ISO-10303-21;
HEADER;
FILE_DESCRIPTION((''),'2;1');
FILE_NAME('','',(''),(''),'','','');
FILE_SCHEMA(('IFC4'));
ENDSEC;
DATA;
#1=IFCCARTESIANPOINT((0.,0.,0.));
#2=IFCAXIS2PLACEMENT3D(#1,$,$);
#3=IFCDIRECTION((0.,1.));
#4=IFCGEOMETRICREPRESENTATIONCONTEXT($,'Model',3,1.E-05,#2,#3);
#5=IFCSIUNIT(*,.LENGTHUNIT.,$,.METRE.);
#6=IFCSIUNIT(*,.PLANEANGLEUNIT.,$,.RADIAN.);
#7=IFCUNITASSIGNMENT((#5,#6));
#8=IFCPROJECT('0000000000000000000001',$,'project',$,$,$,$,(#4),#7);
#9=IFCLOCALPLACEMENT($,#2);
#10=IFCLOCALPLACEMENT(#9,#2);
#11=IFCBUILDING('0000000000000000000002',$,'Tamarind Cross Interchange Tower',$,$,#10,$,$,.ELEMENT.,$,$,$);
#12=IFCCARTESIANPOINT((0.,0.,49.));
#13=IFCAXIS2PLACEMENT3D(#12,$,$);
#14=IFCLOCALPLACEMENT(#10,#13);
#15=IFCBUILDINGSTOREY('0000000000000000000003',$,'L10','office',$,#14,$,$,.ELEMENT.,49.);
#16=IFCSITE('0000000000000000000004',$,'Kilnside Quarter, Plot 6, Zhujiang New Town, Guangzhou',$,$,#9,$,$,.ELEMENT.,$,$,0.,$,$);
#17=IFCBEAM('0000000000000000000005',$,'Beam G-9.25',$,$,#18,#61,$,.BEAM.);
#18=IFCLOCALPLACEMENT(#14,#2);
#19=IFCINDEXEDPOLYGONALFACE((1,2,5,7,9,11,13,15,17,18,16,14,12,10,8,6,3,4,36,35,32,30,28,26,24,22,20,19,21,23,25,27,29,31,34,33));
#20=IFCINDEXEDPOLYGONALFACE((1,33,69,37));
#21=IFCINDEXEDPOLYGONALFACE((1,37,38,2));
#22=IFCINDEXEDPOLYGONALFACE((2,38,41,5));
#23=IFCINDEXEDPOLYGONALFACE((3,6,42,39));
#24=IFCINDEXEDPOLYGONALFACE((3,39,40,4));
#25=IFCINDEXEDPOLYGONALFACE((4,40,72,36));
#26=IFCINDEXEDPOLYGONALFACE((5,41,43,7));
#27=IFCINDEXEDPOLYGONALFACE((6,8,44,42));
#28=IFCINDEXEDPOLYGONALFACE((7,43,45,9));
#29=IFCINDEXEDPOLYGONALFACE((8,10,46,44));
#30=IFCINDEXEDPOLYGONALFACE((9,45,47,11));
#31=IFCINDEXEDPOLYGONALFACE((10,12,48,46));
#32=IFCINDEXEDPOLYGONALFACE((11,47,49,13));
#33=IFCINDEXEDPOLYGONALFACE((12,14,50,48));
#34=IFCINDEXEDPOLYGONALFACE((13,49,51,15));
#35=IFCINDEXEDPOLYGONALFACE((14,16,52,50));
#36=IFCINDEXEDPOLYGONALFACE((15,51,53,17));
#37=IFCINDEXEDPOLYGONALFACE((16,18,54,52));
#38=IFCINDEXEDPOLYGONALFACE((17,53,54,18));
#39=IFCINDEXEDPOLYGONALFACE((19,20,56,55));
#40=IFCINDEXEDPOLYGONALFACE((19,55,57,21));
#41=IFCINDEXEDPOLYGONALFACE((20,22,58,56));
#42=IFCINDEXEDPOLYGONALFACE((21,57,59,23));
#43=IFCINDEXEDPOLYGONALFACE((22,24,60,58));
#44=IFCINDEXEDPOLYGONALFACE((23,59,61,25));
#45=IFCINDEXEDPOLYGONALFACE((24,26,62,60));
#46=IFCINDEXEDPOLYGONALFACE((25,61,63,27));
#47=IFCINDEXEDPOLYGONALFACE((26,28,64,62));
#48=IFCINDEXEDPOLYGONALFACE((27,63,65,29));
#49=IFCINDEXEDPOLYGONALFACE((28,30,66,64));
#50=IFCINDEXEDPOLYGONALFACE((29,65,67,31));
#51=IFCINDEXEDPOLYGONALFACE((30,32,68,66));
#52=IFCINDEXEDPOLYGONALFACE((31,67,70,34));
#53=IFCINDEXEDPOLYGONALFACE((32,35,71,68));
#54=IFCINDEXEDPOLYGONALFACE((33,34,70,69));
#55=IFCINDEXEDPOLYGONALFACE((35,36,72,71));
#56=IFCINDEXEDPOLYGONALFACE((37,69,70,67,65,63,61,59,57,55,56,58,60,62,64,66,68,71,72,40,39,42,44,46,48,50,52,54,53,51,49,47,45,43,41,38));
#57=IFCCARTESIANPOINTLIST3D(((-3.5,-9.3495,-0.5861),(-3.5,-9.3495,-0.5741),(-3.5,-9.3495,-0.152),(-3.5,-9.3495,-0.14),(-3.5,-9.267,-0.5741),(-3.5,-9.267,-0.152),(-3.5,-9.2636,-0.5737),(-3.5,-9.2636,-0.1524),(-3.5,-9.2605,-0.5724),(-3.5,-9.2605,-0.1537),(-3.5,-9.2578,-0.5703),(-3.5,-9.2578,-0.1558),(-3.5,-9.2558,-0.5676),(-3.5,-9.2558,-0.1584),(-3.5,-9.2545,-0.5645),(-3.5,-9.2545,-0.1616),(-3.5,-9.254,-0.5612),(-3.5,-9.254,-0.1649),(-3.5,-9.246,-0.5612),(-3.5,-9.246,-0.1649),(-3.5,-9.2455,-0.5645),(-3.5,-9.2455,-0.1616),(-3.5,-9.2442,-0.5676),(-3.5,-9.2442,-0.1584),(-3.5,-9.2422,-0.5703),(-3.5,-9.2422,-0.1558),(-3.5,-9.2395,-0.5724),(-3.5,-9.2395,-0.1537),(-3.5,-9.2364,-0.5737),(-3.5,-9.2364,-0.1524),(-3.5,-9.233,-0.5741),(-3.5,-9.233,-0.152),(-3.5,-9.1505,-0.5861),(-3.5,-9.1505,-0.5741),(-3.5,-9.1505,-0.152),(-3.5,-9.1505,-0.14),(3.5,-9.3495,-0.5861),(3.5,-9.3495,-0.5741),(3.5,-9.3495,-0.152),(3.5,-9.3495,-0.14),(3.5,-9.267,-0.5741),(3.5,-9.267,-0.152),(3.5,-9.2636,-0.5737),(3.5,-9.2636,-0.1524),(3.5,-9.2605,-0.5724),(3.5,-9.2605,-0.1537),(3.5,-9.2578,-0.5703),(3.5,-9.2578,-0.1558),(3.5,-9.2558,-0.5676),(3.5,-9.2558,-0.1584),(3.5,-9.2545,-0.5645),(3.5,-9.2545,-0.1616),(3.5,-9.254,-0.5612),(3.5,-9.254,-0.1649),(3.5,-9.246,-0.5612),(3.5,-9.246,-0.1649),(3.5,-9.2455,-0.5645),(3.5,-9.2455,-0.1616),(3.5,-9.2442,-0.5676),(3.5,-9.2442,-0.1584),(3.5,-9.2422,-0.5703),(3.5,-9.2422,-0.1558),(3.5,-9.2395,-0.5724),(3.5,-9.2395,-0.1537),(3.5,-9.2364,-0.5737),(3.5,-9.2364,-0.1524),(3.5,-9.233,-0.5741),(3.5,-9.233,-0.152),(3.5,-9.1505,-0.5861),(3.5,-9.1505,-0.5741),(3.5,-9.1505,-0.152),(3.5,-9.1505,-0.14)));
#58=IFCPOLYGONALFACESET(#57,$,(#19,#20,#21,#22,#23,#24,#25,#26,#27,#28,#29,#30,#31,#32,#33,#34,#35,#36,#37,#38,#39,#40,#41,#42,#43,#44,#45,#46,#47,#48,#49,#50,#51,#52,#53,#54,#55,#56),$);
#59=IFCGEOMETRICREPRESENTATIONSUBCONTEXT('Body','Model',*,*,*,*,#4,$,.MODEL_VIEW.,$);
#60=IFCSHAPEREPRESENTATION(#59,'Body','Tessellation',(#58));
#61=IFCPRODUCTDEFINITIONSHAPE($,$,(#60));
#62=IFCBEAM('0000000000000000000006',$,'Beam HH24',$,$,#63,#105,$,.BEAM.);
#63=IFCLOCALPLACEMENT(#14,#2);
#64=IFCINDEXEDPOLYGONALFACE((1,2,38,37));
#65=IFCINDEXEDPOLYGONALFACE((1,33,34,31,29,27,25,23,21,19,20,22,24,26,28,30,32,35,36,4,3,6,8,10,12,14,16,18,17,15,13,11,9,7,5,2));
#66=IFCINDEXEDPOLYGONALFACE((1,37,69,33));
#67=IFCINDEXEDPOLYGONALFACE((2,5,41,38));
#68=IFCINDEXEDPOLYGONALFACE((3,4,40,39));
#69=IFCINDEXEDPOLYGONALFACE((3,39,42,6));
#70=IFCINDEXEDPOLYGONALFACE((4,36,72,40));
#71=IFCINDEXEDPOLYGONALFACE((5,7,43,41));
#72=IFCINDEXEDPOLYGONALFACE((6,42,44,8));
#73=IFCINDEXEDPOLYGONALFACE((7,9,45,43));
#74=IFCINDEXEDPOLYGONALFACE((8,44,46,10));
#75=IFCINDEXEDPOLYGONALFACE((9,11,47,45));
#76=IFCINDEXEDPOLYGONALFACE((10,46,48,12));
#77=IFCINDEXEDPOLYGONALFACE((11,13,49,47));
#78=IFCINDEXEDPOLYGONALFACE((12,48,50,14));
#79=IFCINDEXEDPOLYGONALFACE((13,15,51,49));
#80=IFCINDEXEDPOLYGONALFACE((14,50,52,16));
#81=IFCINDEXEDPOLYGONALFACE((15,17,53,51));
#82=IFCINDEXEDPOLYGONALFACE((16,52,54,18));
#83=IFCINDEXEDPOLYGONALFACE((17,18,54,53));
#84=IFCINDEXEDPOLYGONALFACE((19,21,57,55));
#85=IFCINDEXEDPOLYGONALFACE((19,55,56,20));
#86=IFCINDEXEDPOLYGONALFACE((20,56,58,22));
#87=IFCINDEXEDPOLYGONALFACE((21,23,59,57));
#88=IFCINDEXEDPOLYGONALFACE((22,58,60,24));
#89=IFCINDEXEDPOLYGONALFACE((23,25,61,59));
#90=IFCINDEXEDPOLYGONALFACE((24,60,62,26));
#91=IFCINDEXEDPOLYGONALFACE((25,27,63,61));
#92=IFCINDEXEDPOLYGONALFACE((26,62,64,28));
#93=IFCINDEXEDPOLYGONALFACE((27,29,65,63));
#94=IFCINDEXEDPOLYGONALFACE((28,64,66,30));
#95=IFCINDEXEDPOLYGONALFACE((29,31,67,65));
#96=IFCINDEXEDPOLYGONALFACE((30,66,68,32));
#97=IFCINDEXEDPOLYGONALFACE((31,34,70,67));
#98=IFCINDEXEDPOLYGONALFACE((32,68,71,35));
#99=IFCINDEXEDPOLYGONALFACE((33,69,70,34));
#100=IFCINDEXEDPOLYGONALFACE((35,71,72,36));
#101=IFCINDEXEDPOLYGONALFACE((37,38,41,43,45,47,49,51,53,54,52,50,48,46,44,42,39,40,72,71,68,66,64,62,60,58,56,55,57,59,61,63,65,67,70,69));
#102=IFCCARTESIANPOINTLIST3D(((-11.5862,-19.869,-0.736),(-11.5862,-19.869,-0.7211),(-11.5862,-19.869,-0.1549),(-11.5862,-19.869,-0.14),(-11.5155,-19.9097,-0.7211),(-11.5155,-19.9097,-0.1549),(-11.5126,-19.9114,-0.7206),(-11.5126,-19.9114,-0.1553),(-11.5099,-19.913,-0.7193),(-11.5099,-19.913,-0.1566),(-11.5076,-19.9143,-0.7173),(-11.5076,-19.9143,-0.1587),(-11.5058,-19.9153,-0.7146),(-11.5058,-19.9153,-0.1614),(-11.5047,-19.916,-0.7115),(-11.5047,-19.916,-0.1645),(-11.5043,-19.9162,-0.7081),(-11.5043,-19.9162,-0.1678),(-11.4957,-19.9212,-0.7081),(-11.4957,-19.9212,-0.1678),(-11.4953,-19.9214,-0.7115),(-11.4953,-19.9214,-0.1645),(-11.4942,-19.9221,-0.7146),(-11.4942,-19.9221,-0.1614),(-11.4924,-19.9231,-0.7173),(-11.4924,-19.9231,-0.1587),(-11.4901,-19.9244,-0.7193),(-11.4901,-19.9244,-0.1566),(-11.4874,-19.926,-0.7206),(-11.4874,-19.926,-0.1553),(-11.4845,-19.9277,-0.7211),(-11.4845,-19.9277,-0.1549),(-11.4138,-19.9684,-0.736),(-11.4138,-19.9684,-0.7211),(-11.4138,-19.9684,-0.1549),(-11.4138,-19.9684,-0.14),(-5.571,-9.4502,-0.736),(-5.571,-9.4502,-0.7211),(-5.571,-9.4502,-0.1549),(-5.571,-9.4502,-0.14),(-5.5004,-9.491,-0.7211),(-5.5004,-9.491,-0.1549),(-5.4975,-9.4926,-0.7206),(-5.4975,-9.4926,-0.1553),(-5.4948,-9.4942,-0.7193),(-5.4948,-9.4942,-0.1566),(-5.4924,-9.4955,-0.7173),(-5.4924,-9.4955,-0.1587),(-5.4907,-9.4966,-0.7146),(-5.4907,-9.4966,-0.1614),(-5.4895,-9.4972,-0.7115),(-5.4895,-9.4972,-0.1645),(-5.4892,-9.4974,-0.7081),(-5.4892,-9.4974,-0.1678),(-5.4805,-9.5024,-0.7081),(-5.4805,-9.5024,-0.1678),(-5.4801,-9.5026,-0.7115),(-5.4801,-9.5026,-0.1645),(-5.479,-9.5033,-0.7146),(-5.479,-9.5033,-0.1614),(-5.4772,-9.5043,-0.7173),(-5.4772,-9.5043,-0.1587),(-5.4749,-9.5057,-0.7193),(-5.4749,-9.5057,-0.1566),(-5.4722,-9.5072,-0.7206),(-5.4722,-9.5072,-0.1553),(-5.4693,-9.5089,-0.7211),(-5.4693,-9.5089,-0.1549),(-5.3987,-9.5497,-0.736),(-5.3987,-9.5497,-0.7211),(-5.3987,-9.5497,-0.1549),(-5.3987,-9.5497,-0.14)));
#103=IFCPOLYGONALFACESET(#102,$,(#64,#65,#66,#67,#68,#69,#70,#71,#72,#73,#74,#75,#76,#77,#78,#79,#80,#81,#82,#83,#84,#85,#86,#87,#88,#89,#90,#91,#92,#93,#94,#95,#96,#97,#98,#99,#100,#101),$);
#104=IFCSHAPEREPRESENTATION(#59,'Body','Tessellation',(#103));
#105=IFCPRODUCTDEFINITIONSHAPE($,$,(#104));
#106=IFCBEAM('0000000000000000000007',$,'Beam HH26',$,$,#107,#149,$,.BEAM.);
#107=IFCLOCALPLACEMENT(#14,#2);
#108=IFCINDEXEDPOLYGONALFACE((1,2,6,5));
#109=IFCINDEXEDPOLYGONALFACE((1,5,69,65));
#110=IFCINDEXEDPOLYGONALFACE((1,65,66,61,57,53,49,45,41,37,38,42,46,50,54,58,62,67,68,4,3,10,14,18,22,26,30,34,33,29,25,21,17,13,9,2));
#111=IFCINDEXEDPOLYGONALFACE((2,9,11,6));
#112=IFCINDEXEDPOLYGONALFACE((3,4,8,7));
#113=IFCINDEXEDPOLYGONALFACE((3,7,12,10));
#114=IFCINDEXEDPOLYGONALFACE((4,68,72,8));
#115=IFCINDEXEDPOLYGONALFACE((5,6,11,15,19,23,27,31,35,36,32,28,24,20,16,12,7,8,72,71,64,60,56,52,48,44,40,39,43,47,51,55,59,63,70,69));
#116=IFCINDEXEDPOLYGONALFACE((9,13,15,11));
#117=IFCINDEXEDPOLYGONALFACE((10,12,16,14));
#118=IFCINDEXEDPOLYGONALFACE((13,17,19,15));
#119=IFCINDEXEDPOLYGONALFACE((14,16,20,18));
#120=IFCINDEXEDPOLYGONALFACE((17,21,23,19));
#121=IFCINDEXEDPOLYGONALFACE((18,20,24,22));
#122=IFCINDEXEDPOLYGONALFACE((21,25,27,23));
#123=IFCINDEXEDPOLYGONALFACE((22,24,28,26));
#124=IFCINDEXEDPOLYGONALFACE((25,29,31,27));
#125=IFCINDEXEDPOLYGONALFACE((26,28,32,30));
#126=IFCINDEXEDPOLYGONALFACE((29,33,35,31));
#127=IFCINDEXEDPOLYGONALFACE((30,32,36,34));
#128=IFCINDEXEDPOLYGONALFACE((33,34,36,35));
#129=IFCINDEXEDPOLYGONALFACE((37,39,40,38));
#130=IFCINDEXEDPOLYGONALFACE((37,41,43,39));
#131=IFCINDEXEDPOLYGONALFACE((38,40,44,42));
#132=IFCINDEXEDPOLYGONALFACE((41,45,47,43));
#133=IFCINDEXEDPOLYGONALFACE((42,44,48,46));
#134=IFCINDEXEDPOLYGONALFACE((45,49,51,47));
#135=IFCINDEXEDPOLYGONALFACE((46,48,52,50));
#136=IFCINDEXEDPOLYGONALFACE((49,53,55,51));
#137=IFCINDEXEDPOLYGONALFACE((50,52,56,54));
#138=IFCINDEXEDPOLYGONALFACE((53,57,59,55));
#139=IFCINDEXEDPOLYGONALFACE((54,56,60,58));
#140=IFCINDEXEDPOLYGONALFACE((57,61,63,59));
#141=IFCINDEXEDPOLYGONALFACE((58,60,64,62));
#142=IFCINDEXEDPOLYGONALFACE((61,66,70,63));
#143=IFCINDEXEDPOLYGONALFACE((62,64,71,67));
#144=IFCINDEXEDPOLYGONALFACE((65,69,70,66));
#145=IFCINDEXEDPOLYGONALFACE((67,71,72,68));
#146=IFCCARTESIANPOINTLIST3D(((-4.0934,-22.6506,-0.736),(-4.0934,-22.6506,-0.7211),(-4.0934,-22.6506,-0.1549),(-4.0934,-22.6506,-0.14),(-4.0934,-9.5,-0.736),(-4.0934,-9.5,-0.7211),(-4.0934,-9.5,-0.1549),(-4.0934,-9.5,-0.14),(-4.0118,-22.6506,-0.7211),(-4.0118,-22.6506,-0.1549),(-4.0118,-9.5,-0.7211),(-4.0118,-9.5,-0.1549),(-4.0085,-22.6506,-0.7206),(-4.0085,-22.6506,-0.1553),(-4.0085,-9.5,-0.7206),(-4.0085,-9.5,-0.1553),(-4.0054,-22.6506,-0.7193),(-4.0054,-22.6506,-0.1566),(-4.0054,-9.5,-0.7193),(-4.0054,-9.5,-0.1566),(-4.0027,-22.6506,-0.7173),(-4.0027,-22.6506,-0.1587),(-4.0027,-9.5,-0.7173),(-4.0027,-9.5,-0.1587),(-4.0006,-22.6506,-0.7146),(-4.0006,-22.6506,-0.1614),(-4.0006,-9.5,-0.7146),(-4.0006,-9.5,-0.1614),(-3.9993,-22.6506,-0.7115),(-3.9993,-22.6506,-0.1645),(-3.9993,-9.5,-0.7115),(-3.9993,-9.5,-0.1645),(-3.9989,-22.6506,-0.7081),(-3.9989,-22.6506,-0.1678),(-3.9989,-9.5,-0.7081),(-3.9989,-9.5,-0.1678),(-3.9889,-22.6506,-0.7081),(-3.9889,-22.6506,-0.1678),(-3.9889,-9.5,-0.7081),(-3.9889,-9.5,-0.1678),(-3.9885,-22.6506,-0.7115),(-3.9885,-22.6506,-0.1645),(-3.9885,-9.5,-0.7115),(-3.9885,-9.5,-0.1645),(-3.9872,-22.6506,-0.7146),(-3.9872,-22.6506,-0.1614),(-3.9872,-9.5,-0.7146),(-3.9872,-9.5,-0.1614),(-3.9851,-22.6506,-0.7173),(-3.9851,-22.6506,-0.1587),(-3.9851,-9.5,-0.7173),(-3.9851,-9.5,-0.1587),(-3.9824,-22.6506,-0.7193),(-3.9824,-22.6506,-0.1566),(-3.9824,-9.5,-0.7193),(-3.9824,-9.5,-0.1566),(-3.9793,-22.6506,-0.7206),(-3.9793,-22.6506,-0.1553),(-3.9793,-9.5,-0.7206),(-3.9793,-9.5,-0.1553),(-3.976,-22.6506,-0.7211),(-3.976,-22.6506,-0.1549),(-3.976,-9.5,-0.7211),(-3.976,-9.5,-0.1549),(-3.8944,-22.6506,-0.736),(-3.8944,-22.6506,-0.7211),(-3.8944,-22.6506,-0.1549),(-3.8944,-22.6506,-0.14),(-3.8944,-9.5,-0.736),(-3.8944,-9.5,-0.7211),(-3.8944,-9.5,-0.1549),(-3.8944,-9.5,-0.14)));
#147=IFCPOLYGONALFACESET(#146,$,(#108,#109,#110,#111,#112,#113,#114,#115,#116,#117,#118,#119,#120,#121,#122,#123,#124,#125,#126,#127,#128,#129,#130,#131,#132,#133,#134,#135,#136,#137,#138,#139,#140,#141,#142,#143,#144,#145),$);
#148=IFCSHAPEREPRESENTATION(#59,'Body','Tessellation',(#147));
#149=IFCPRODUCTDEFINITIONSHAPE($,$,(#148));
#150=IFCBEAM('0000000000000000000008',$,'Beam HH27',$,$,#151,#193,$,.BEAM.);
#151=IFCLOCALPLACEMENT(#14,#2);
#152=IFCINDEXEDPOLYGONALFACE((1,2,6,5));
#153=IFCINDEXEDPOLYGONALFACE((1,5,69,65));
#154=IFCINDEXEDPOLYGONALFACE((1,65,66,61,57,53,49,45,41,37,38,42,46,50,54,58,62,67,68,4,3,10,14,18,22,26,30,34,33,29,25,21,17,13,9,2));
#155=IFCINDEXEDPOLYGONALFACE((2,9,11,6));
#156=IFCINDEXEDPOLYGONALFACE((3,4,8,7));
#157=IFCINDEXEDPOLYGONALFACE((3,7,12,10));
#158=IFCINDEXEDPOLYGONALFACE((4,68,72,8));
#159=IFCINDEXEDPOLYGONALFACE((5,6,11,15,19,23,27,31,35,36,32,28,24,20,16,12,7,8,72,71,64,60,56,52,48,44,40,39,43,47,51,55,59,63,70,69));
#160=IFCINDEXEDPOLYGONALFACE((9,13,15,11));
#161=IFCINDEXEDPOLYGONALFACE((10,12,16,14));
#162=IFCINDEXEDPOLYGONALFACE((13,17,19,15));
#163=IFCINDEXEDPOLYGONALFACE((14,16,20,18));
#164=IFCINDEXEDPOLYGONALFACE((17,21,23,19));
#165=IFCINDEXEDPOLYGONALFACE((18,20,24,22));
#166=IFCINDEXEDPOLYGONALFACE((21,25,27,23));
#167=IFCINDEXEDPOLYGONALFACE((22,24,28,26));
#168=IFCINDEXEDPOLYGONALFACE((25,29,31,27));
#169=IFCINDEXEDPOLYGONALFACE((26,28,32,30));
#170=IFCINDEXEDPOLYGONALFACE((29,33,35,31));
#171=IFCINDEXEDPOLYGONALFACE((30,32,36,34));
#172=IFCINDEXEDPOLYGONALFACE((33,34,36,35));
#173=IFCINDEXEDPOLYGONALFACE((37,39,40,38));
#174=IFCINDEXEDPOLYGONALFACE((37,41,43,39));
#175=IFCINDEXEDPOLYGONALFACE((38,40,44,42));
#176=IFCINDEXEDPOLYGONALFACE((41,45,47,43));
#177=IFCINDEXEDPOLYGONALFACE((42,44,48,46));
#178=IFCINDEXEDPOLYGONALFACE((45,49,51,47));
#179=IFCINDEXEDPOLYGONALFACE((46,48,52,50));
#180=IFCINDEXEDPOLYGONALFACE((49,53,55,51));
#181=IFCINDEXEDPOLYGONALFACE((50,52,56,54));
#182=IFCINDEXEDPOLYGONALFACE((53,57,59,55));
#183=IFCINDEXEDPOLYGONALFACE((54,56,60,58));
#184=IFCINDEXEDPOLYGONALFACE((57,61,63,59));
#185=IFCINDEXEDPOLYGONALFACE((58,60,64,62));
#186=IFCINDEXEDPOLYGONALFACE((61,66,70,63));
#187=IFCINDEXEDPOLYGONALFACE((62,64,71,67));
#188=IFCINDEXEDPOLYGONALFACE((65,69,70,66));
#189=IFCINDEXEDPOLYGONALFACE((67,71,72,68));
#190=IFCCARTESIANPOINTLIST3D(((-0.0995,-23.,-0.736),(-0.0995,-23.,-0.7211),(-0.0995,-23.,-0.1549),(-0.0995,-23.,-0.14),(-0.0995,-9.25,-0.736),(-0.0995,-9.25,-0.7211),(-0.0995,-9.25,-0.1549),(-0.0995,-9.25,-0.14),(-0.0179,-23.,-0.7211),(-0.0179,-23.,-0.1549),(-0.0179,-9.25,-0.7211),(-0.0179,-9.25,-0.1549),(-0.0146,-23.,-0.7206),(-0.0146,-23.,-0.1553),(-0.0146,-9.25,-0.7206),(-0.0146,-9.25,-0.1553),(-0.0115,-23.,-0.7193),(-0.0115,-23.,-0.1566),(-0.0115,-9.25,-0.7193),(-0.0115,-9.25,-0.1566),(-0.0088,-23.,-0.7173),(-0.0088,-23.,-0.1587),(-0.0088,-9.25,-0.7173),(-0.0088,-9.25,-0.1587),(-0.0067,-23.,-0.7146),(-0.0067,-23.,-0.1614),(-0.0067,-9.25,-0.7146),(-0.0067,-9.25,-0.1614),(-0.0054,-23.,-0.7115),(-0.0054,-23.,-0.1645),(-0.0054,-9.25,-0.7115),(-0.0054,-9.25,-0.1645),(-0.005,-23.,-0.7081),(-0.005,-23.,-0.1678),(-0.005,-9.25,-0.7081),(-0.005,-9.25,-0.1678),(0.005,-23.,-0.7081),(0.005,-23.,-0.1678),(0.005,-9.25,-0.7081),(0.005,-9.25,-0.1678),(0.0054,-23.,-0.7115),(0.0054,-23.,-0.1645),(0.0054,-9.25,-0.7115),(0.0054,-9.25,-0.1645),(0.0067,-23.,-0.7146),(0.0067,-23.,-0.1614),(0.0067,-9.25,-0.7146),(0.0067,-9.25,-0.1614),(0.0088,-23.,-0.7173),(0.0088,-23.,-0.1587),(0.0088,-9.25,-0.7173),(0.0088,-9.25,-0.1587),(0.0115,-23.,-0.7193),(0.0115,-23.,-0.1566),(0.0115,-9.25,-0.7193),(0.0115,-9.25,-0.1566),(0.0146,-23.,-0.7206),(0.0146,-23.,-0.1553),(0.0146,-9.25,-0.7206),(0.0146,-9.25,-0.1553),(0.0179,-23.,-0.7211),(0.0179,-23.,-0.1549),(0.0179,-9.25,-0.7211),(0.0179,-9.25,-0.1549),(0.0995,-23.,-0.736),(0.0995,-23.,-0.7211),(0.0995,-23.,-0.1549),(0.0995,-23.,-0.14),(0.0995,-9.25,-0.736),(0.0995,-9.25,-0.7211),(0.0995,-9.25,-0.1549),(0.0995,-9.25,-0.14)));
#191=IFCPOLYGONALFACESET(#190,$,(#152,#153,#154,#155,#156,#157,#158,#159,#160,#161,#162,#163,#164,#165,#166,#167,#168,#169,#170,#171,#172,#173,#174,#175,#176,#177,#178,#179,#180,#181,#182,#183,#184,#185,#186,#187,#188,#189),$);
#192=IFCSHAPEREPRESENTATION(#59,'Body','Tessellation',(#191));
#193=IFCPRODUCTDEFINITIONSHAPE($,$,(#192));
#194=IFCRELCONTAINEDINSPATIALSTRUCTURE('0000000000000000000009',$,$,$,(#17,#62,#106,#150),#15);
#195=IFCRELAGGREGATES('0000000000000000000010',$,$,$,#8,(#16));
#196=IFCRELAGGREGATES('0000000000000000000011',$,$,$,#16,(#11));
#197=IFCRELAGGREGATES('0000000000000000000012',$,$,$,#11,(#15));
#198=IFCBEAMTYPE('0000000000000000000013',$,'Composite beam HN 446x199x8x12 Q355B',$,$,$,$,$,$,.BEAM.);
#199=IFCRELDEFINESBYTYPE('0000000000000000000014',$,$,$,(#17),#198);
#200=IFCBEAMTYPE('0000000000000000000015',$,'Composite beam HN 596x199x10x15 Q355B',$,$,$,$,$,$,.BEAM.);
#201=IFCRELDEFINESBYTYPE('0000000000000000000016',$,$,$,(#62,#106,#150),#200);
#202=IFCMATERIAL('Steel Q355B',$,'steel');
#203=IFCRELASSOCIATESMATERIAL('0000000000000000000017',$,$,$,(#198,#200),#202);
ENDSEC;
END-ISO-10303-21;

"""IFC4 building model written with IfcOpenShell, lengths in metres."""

from ifc_helpers import new_model, si_unit, direction, frame, origin, origin_2d, place, context, subcontext, project, spatial, i_section, extrude, material, material_profile, profile_set, type_object, element, save


model = new_model("IFC4")

# Units and contexts
model_context = context("Model", 3, precision=1e-05, world=origin(), true_north=direction((0.0, 1.0)))
body_context = subcontext(model_context, "Body", "Model", "MODEL_VIEW")
ifc_project = project(units=[si_unit("LENGTHUNIT", "METRE"), si_unit("PLANEANGLEUNIT", "RADIAN")], contexts=[model_context])

# Site, building, storey
site_placement = place(None, origin())
site = spatial("IfcSite", under=ifc_project, at=site_placement, Name="Kilnside Quarter, Plot 6, Zhujiang New Town, Guangzhou", CompositionType="ELEMENT", RefElevation=0.0)
building_placement = place(site_placement, origin())
building = spatial("IfcBuilding", under=site, at=building_placement, Name="Tamarind Cross Interchange Tower", CompositionType="ELEMENT")
storey_placement = place(building_placement, frame((0.0, 0.0, 49.0)))
storey = spatial("IfcBuildingStorey", under=building, at=storey_placement, Name="L10", Description="office", CompositionType="ELEMENT", Elevation=49.0)

# Beams
ifc_material_1 = material(Name="Steel Q355B", Category="steel")
ifc_material_profile_1 = material_profile(ifc_material_1, i_section(OverallWidth=0.199, OverallDepth=0.446, WebThickness=0.0081, FlangeThickness=0.012, FilletRadius=0.0129, at=origin_2d()), Name="HN 446x199x8x12")
ifc_profile_set_1 = profile_set([ifc_material_profile_1], Name="Steel Q355B")
beam_type_1 = type_object("IfcBeamType", Name="Composite beam HN 446x199x8x12 Q355B", PredefinedType="BEAM", material=ifc_profile_set_1)
beam_1_placement = place(storey_placement, frame((-3.5, -9.25, -0.363), z_axis=(1.0, 0.0, 0.0), x_axis=(0.0, 1.0, 0.0)))
element("IfcBeam", 1, at=beam_1_placement, inside=storey, type_object=beam_type_1, Name="Beam G-9.25", PredefinedType="BEAM", context=body_context, shape_type="SweptSolid", body=[
    extrude(i_section(OverallWidth=0.199, OverallDepth=0.446, WebThickness=0.0081, FlangeThickness=0.012, FilletRadius=0.0129, at=origin_2d()), origin(), (0.0, 0.0, 1.0), 7.0),
])
ifc_material_profile_2 = material_profile(ifc_material_1, i_section(OverallWidth=0.199, OverallDepth=0.5959, WebThickness=0.01, FlangeThickness=0.0149, FilletRadius=0.0129, at=origin_2d()), Name="HN 596x199x10x15")
ifc_profile_set_2 = profile_set([ifc_material_profile_2], Name="Steel Q355B")
beam_type_2 = type_object("IfcBeamType", Name="Composite beam HN 596x199x10x15 Q355B", PredefinedType="BEAM", material=ifc_profile_set_2)
beam_2_placement = place(storey_placement, frame((-11.5, -19.9187, -0.438), z_axis=(0.499994, 0.866029, 0.0), x_axis=(-0.866029, 0.499994, 0.0)))
element("IfcBeam", 2, at=beam_2_placement, inside=storey, type_object=beam_type_2, Name="Beam HH24", PredefinedType="BEAM", context=body_context, shape_type="SweptSolid", body=[
    extrude(i_section(OverallWidth=0.199, OverallDepth=0.5959, WebThickness=0.01, FlangeThickness=0.0149, FilletRadius=0.0129, at=origin_2d()), origin(), (0.0, 0.0, 1.0), 12.0305),
])
beam_3_placement = place(storey_placement, frame((-3.9939, -22.6506, -0.438), z_axis=(0.0, 1.0, 0.0), x_axis=(-1.0, 0.0, 0.0)))
element("IfcBeam", 3, at=beam_3_placement, inside=storey, type_object=beam_type_2, Name="Beam HH26", PredefinedType="BEAM", context=body_context, shape_type="SweptSolid", body=[
    extrude(i_section(OverallWidth=0.199, OverallDepth=0.5959, WebThickness=0.01, FlangeThickness=0.0149, FilletRadius=0.0129, at=origin_2d()), origin(), (0.0, 0.0, 1.0), 13.1506),
])
beam_4_placement = place(storey_placement, frame((0.0, -23.0, -0.438), z_axis=(0.0, 1.0, 0.0), x_axis=(-1.0, 0.0, 0.0)))
element("IfcBeam", 4, at=beam_4_placement, inside=storey, type_object=beam_type_2, Name="Beam HH27", PredefinedType="BEAM", context=body_context, shape_type="SweptSolid", body=[
    extrude(i_section(OverallWidth=0.199, OverallDepth=0.5959, WebThickness=0.01, FlangeThickness=0.0149, FilletRadius=0.0129, at=origin_2d()), origin(), (0.0, 0.0, 1.0), 13.75),
])

save(model, "model.ifc")
